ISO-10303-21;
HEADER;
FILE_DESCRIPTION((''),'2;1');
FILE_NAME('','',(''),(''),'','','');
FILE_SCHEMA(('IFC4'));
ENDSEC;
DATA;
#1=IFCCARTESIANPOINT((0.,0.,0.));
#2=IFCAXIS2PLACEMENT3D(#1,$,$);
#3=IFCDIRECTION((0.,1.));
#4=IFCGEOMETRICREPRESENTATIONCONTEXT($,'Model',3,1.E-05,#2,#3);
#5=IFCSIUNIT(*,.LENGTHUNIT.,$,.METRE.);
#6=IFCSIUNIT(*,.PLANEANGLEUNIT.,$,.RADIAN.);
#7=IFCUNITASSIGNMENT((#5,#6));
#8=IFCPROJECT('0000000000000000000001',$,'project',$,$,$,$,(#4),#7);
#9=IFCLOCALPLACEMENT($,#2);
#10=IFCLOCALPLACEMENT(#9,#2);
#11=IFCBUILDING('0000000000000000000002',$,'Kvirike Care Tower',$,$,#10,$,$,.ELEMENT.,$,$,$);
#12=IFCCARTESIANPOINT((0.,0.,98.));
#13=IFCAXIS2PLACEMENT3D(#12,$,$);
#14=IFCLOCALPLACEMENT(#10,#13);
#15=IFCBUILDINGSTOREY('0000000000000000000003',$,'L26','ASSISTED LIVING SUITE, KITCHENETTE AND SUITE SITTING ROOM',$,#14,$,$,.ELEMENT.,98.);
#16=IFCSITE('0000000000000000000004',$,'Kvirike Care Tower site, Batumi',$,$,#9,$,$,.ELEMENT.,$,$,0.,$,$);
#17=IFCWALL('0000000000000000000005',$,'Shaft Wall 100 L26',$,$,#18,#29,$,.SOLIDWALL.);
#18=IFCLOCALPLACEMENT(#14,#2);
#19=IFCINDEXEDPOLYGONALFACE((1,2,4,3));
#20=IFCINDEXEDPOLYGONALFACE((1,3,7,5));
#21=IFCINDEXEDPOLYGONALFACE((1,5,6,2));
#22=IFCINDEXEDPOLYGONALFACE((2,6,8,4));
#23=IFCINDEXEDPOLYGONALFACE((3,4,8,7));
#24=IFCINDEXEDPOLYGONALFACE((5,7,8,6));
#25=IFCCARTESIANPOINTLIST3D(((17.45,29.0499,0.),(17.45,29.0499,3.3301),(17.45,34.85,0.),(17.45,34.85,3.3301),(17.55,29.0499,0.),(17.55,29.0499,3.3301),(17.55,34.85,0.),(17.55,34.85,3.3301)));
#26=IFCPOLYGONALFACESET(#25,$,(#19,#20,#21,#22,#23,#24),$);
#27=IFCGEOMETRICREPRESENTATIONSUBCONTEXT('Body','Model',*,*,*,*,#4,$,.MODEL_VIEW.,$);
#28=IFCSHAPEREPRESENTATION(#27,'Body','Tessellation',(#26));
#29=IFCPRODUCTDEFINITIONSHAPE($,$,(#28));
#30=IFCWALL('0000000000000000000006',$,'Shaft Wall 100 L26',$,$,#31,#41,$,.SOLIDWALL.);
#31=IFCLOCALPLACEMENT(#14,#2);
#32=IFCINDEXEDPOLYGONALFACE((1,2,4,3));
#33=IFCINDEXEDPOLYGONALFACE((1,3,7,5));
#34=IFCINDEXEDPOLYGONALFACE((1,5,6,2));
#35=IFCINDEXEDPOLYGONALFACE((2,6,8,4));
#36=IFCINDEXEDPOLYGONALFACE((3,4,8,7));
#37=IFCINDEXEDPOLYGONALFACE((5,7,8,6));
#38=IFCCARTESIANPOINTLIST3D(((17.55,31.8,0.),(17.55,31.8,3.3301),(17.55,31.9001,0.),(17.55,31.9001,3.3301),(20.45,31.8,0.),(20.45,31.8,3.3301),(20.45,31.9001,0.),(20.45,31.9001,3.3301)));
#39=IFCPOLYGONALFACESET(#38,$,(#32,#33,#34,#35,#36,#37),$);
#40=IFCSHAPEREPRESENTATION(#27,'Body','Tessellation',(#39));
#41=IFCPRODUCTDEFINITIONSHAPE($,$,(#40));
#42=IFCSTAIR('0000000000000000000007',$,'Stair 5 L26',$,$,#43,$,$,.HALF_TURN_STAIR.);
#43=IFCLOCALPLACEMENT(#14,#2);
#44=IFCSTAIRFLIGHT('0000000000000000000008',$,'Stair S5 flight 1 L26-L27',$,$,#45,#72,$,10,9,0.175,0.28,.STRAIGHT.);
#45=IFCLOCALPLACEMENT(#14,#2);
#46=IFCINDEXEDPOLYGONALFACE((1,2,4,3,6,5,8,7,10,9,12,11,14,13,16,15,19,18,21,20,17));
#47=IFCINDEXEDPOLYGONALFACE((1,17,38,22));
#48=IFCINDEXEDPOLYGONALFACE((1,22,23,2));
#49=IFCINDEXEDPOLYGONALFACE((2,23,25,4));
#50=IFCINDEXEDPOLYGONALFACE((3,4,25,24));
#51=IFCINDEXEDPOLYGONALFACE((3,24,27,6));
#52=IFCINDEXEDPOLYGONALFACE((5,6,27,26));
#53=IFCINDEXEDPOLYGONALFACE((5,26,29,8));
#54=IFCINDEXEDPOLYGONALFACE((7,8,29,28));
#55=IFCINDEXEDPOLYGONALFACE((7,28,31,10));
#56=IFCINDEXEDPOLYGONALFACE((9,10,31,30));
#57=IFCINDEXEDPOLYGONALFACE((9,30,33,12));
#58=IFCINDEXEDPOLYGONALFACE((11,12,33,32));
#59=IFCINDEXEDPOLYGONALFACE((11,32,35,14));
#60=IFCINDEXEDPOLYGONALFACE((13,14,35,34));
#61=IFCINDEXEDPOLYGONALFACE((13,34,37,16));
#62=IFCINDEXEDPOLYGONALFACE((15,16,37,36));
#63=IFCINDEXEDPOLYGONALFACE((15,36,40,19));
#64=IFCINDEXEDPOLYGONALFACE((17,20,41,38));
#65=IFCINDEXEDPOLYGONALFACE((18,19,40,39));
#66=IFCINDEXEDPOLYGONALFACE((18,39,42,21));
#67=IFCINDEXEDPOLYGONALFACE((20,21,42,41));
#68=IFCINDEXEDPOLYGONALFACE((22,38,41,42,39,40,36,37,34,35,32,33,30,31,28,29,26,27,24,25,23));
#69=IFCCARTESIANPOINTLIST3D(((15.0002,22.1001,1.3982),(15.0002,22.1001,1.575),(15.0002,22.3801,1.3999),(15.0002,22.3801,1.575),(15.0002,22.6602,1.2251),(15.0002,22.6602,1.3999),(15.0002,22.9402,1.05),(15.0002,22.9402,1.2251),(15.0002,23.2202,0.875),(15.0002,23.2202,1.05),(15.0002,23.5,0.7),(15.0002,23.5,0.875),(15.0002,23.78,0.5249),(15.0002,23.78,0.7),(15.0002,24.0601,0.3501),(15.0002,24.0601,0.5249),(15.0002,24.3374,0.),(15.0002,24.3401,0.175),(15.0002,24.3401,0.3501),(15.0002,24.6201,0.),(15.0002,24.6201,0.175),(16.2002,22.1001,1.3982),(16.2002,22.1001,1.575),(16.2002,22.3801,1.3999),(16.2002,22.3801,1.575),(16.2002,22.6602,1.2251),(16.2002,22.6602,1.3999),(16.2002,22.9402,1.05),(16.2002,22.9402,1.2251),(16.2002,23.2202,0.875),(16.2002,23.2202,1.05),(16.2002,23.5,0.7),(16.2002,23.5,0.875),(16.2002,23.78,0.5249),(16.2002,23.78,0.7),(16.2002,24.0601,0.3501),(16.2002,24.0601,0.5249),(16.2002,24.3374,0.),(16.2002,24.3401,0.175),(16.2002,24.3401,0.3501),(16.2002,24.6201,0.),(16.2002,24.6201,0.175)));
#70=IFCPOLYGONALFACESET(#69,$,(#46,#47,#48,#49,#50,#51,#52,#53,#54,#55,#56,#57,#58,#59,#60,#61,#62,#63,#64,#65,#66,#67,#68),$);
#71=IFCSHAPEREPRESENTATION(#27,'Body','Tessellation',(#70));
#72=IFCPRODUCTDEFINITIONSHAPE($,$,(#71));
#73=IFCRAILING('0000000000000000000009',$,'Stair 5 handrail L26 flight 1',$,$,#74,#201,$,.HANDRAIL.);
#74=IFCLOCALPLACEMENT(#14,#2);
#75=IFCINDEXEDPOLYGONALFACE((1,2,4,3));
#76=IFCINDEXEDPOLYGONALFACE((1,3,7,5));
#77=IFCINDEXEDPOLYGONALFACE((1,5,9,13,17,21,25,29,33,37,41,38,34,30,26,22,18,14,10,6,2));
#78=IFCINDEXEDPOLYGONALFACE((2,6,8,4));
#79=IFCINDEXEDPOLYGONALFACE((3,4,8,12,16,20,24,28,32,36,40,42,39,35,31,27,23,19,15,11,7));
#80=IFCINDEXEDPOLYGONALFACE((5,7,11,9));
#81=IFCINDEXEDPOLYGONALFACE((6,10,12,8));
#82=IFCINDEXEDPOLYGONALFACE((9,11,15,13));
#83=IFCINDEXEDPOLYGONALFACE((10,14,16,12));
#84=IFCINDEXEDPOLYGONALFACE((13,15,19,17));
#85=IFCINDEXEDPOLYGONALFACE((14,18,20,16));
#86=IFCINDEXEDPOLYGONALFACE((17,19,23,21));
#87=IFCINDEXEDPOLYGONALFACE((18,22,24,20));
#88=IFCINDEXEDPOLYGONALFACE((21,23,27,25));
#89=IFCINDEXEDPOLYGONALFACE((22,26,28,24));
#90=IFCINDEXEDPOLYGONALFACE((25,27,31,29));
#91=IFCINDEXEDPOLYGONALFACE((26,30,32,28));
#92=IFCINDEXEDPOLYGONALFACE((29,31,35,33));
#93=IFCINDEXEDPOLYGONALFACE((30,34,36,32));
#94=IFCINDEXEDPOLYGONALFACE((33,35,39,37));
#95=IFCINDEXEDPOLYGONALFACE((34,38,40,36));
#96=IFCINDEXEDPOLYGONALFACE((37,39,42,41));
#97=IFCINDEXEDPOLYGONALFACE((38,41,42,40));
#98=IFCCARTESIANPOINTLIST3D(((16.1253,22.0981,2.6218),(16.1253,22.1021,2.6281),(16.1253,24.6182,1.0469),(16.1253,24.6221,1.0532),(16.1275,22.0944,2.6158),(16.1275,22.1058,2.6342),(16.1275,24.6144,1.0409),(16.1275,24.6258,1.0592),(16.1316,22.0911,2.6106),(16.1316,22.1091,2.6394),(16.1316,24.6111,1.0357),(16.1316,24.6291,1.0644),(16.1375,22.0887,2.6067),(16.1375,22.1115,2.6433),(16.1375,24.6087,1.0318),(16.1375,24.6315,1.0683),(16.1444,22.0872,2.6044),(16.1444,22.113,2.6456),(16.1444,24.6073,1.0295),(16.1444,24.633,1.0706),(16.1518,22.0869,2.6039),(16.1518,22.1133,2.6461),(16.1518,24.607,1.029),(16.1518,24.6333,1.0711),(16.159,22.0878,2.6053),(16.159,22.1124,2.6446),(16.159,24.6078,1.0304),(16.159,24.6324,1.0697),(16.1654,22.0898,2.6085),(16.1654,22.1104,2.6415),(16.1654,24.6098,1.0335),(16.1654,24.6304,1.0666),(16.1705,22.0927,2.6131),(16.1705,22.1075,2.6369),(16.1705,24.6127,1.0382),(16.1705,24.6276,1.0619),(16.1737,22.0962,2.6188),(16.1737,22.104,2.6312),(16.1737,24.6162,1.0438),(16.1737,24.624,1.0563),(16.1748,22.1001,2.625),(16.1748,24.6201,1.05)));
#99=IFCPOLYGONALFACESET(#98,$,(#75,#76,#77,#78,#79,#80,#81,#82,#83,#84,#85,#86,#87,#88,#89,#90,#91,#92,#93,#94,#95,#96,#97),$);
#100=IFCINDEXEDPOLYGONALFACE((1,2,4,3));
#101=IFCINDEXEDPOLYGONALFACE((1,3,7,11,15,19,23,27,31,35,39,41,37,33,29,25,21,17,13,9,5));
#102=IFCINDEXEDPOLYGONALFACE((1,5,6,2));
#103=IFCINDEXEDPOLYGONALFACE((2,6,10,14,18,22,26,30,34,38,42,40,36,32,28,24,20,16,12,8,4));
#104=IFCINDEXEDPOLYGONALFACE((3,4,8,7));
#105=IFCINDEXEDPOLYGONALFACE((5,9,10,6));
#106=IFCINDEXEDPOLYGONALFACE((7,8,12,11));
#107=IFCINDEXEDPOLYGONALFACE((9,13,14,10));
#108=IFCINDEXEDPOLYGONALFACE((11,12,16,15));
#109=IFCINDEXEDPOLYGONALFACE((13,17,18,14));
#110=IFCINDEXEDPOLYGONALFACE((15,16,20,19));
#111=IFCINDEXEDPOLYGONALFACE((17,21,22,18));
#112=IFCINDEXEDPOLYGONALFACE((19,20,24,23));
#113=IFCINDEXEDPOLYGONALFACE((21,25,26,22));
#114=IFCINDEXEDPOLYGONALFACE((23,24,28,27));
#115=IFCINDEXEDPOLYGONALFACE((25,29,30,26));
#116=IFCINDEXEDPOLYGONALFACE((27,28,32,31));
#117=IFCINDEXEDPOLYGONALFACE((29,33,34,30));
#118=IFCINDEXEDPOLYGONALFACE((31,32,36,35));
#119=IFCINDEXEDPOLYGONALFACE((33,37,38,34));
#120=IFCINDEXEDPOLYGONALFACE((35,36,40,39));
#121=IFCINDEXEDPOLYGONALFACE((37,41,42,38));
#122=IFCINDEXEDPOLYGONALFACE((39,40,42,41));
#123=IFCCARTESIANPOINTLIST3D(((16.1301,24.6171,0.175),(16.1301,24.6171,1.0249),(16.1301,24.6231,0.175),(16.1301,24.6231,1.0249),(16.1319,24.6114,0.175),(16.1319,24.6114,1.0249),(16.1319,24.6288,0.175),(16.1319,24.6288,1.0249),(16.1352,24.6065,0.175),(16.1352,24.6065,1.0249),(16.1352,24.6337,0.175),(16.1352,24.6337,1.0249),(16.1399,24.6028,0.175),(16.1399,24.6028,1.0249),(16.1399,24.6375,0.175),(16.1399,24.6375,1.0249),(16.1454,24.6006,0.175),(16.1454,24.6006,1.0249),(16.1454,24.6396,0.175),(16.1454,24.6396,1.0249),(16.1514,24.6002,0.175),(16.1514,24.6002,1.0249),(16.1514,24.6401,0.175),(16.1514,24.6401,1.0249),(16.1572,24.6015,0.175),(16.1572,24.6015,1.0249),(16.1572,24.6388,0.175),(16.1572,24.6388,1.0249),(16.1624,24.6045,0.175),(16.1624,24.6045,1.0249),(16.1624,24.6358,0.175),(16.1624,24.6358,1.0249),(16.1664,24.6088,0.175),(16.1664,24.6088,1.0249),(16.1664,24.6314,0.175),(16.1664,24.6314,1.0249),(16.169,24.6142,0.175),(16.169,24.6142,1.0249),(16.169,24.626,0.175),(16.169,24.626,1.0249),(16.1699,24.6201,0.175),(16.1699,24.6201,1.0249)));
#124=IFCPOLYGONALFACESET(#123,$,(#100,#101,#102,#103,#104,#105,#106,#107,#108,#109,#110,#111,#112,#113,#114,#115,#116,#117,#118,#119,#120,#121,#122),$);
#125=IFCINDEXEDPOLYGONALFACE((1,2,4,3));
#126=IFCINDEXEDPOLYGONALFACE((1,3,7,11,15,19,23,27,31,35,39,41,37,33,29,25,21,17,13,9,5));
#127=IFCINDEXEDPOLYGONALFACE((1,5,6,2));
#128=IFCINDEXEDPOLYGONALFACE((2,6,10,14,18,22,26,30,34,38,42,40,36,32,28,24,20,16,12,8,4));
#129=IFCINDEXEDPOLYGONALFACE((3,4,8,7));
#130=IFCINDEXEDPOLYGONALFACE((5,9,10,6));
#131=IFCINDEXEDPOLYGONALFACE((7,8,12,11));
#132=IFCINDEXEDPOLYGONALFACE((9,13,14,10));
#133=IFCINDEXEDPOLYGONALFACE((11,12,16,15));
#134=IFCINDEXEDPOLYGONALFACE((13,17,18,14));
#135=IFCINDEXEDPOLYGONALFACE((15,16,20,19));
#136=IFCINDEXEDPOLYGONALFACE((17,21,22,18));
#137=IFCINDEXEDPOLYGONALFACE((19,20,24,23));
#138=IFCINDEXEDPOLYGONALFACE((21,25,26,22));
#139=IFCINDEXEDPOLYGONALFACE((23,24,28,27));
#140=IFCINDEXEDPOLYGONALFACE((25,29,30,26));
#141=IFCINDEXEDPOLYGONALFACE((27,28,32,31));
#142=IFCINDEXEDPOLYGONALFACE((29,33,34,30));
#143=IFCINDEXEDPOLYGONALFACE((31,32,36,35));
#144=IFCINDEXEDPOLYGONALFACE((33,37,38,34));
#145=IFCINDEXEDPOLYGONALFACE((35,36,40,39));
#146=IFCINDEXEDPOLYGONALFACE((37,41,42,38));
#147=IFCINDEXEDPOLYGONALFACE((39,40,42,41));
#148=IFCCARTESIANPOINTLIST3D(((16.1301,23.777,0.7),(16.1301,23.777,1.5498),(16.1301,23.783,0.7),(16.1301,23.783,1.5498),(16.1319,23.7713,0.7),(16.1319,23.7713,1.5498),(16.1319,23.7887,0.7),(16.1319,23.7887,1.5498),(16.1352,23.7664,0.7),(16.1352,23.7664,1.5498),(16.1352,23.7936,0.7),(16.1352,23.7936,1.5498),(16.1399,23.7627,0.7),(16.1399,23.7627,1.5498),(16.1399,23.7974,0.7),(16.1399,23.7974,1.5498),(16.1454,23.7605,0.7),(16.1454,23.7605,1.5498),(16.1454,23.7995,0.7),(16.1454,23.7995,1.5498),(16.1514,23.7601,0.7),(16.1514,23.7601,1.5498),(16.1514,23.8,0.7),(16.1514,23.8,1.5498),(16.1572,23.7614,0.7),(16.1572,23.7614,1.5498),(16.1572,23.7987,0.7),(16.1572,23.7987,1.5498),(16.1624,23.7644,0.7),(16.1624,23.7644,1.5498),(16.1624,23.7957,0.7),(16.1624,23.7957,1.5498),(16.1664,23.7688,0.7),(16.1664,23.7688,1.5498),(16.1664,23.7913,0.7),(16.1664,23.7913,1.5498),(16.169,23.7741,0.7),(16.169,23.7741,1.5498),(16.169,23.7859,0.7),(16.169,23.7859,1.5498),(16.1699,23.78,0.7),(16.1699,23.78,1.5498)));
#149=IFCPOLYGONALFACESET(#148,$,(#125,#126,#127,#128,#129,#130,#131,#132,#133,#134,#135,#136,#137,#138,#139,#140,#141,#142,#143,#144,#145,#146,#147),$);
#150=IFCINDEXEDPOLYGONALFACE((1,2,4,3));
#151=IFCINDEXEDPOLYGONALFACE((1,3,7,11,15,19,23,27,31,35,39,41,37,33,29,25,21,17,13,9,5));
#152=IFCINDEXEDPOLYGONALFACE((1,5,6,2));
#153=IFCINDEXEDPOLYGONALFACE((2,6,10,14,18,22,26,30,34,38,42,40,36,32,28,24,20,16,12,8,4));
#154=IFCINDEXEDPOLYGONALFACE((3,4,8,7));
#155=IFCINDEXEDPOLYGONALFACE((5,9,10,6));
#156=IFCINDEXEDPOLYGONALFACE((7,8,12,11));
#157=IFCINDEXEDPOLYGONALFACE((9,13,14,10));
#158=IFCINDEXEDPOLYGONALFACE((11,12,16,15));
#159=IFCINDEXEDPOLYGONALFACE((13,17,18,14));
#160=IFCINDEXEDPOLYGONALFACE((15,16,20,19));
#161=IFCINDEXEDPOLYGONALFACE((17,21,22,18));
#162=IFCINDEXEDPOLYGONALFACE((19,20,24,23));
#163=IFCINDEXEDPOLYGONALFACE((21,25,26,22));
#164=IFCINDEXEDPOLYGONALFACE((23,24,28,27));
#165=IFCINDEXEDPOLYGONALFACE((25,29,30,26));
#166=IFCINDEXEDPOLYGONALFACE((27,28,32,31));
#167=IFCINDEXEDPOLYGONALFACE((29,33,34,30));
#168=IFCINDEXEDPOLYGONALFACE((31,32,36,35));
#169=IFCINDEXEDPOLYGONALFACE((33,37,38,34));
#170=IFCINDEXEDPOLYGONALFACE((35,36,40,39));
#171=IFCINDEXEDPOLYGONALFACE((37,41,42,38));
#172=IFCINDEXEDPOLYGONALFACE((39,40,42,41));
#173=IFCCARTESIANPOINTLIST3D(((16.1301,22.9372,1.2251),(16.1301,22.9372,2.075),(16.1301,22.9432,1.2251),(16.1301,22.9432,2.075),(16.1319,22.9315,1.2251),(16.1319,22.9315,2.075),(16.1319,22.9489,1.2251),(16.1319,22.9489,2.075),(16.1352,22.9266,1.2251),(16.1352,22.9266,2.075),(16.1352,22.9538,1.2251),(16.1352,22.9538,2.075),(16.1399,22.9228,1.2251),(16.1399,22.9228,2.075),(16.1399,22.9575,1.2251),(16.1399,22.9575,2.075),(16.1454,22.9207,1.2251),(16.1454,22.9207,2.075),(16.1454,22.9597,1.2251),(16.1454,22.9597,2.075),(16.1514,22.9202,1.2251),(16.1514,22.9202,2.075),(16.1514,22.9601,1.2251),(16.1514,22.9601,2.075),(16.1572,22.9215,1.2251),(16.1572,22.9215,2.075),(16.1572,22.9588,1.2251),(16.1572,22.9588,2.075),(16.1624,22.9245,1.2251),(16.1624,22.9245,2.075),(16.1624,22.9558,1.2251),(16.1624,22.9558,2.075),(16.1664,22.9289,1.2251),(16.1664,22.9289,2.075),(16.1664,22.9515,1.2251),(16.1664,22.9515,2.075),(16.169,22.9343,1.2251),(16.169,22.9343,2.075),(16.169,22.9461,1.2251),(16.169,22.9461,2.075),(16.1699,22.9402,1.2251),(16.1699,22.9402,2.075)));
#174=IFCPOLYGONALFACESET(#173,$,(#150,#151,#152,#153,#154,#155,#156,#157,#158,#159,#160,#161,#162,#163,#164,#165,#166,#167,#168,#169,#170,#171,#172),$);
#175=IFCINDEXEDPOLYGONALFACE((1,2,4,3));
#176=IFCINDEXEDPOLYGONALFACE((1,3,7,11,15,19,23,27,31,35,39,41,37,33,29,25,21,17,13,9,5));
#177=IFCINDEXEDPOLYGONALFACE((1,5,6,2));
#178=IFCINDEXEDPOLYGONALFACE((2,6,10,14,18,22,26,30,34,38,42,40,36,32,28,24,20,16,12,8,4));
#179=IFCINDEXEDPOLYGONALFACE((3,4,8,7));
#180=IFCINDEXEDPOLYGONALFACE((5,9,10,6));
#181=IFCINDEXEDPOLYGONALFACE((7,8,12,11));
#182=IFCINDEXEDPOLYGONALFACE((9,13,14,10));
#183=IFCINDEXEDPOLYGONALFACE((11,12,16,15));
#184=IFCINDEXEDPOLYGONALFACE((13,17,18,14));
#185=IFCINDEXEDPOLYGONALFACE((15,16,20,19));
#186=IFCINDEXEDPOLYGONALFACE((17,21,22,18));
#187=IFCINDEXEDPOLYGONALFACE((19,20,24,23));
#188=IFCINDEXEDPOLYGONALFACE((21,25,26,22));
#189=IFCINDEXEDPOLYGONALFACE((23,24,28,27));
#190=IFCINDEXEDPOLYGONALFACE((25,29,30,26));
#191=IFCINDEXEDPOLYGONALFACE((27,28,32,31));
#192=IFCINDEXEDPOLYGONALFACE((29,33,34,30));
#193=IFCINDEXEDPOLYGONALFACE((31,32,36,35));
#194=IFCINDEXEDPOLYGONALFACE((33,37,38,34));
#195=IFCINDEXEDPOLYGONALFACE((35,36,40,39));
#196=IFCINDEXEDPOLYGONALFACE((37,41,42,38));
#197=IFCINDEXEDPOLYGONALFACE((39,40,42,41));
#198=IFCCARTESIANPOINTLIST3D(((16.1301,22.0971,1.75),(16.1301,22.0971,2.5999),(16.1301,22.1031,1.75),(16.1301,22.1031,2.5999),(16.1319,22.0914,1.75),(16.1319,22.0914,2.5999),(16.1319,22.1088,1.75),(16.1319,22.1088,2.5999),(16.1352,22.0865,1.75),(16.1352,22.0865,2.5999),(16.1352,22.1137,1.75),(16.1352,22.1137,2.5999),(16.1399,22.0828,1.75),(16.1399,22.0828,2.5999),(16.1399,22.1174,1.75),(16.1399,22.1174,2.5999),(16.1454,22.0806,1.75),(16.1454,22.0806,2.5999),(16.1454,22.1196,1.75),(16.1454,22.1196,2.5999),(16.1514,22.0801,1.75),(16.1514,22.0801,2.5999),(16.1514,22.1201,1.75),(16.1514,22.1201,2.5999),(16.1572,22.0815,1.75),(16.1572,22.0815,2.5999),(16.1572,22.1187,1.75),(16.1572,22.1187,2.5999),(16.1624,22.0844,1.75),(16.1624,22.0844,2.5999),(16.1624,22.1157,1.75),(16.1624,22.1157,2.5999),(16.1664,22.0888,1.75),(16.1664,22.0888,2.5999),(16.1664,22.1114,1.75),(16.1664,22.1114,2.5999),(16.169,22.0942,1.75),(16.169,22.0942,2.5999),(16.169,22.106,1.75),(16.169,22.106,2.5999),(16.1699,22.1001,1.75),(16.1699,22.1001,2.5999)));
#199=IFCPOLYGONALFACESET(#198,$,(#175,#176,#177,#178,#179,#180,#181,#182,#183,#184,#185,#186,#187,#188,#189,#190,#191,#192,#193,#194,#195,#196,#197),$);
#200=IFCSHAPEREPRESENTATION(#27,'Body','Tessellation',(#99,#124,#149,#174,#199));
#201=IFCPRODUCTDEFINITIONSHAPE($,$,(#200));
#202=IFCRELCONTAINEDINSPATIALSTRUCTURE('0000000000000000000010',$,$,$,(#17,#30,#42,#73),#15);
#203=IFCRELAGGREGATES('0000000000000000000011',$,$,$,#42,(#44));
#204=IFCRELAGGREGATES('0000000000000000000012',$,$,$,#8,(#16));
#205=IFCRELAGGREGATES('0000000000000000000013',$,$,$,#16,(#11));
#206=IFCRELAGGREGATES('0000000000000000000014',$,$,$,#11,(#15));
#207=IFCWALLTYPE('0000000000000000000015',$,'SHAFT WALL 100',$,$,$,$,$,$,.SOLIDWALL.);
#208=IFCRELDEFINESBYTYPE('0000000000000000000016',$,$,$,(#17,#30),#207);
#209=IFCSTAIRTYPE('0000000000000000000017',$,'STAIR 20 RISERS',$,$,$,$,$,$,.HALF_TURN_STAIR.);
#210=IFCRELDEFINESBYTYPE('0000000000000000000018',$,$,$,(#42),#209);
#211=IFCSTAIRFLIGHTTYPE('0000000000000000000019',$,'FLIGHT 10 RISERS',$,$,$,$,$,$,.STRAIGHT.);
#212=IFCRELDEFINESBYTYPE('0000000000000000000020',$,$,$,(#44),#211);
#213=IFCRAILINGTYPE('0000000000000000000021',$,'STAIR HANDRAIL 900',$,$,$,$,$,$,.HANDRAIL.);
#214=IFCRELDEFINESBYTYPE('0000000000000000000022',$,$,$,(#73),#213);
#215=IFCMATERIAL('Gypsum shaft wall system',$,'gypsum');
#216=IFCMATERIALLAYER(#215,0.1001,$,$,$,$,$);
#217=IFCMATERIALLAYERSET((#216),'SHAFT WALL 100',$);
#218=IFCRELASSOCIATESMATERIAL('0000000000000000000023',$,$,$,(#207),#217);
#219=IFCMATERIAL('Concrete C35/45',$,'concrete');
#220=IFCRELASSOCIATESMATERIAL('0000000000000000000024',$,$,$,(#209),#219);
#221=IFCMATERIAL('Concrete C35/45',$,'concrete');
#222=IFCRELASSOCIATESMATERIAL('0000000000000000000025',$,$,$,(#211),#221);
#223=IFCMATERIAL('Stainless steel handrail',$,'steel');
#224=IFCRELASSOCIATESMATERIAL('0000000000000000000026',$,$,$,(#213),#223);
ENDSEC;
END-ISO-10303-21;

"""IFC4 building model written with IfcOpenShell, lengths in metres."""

from ifc_helpers import new_model, si_unit, direction, frame, frame_2d, origin, origin_2d, place, context, subcontext, project, spatial, polyline, rectangle, circle, outline, extrude, material, layer, layer_set, type_object, element, aggregate, save


model = new_model("IFC4")

# Units and contexts
model_context = context("Model", 3, precision=1e-05, world=origin(), true_north=direction((0.0, 1.0)))
body_context = subcontext(model_context, "Body", "Model", "MODEL_VIEW")
ifc_project = project(units=[si_unit("LENGTHUNIT", "METRE"), si_unit("PLANEANGLEUNIT", "RADIAN")], contexts=[model_context])

# Site, building, storey
site_placement = place(None, origin())
site = spatial("IfcSite", under=ifc_project, at=site_placement, Name="Kvirike Care Tower site, Batumi", CompositionType="ELEMENT", RefElevation=0.0)
building_placement = place(site_placement, origin())
building = spatial("IfcBuilding", under=site, at=building_placement, Name="Kvirike Care Tower", CompositionType="ELEMENT")
storey_placement = place(building_placement, frame((0.0, 0.0, 98.0)))
storey = spatial("IfcBuildingStorey", under=building, at=storey_placement, Name="L26", Description="ASSISTED LIVING SUITE, KITCHENETTE AND SUITE SITTING ROOM", CompositionType="ELEMENT", Elevation=98.0)

# Shared definitions
ifc_material_1 = material(Name="Gypsum shaft wall system", Category="gypsum")
ifc_layer_1 = layer(ifc_material_1, 0.1001)
ifc_layer_set_1 = layer_set([ifc_layer_1], Name="SHAFT WALL 100")
wall_type_1 = type_object("IfcWallType", Name="SHAFT WALL 100", PredefinedType="SOLIDWALL", material=ifc_layer_set_1)

# Walls
wall_1_placement = place(storey_placement, frame((17.5, 29.05, 0.0), z_axis=(0.0, 0.0, 1.0), x_axis=(0.0, 1.0, 0.0)))
element("IfcWall", 1, at=wall_1_placement, inside=storey, type_object=wall_type_1, Name="Shaft Wall 100 L26", PredefinedType="SOLIDWALL", context=body_context, shape_type="SweptSolid", body=[
    extrude(rectangle(XDim=5.8, YDim=0.1001, at=frame_2d((2.8999, 0.0))), origin(), (0.0, 0.0, 1.0), 3.3301),
])
wall_2_placement = place(storey_placement, frame((17.55, 31.8501, 0.0), z_axis=(0.0, 0.0, 1.0), x_axis=(1.0, 0.0, 0.0)))
element("IfcWall", 2, at=wall_2_placement, inside=storey, type_object=wall_type_1, Name="Shaft Wall 100 L26", PredefinedType="SOLIDWALL", context=body_context, shape_type="SweptSolid", body=[
    extrude(rectangle(XDim=2.8999, YDim=0.1001, at=frame_2d((1.45, 0.0))), origin(), (0.0, 0.0, 1.0), 3.3301),
])

# Stair, stair flight
ifc_material_2 = material(Name="Concrete C35/45", Category="concrete")
stair_type = type_object("IfcStairType", Name="STAIR 20 RISERS", PredefinedType="HALF_TURN_STAIR", material=ifc_material_2)
stair_placement = place(storey_placement, origin())
stair = element("IfcStair", 3, at=stair_placement, inside=storey, type_object=stair_type, Name="Stair 5 L26", PredefinedType="HALF_TURN_STAIR")
ifc_material_3 = material(Name="Concrete C35/45", Category="concrete")
stair_flight_type = type_object("IfcStairFlightType", Name="FLIGHT 10 RISERS", PredefinedType="STRAIGHT", material=ifc_material_3)
stair_flight_placement = place(storey_placement, frame((15.6001, 24.6201, 0.0), z_axis=(0.0, 0.0, 1.0), x_axis=(0.0, -1.0, 0.0)))
stair_flight = element("IfcStairFlight", 4, at=stair_flight_placement, type_object=stair_flight_type, Name="Stair S5 flight 1 L26-L27", NumberOfRisers=10, NumberOfTreads=9, PredefinedType="STRAIGHT", RiserHeight=0.175, TreadLength=0.28, context=body_context, shape_type="SweptSolid", body=[
    extrude(outline(polyline([(0.0, 0.0), (0.0, 0.175), (0.28, 0.175), (0.28, 0.3501), (0.5601, 0.3501), (0.5601, 0.5249), (0.8401, 0.5249), (0.8401, 0.7), (1.1201, 0.7), (1.1201, 0.875), (1.3999, 0.875), (1.3999, 1.05), (1.6799, 1.05), (1.6799, 1.2251), (1.96, 1.2251), (1.96, 1.3999), (2.24, 1.3999), (2.24, 1.575), (2.52, 1.575), (2.52, 1.75), (2.52, 1.3982), (0.2827, 0.0), (0.0, 0.0)])), frame((0.0, 0.6001, 0.0), z_axis=(0.0, -1.0, 0.0), x_axis=(1.0, 0.0, 0.0)), (0.0, 0.0, 1.0), 1.2),
])
aggregate(stair, [stair_flight])

# Railing
ifc_material_4 = material(Name="Stainless steel handrail", Category="steel")
railing_type = type_object("IfcRailingType", Name="STAIR HANDRAIL 900", PredefinedType="HANDRAIL", material=ifc_material_4)
railing_placement = place(storey_placement, frame((16.1499, 24.6201, 0.175)))
element("IfcRailing", 5, at=railing_placement, inside=storey, type_object=railing_type, Name="Stair 5 handrail L26 flight 1", PredefinedType="HANDRAIL", context=body_context, shape_type="SweptSolid", body=[
    extrude(circle(Radius=0.0249, at=origin_2d()), frame((0.0, 0.0, 0.875), z_axis=(0.0, -0.848008, 0.529984), x_axis=(1.0, 0.0, 0.0)), (0.0, 0.0, 1.0), 2.9717),
    extrude(circle(Radius=0.02, at=origin_2d()), origin(), (0.0, 0.0, 1.0), 0.8499),
    extrude(circle(Radius=0.02, at=origin_2d()), frame((0.0, -0.8401, 0.5249)), (0.0, 0.0, 1.0), 0.8499),
    extrude(circle(Radius=0.02, at=origin_2d()), frame((0.0, -1.6799, 1.05)), (0.0, 0.0, 1.0), 0.8499),
    extrude(circle(Radius=0.02, at=origin_2d()), frame((0.0, -2.52, 1.575)), (0.0, 0.0, 1.0), 0.8499),
])

save(model, "model.ifc")
